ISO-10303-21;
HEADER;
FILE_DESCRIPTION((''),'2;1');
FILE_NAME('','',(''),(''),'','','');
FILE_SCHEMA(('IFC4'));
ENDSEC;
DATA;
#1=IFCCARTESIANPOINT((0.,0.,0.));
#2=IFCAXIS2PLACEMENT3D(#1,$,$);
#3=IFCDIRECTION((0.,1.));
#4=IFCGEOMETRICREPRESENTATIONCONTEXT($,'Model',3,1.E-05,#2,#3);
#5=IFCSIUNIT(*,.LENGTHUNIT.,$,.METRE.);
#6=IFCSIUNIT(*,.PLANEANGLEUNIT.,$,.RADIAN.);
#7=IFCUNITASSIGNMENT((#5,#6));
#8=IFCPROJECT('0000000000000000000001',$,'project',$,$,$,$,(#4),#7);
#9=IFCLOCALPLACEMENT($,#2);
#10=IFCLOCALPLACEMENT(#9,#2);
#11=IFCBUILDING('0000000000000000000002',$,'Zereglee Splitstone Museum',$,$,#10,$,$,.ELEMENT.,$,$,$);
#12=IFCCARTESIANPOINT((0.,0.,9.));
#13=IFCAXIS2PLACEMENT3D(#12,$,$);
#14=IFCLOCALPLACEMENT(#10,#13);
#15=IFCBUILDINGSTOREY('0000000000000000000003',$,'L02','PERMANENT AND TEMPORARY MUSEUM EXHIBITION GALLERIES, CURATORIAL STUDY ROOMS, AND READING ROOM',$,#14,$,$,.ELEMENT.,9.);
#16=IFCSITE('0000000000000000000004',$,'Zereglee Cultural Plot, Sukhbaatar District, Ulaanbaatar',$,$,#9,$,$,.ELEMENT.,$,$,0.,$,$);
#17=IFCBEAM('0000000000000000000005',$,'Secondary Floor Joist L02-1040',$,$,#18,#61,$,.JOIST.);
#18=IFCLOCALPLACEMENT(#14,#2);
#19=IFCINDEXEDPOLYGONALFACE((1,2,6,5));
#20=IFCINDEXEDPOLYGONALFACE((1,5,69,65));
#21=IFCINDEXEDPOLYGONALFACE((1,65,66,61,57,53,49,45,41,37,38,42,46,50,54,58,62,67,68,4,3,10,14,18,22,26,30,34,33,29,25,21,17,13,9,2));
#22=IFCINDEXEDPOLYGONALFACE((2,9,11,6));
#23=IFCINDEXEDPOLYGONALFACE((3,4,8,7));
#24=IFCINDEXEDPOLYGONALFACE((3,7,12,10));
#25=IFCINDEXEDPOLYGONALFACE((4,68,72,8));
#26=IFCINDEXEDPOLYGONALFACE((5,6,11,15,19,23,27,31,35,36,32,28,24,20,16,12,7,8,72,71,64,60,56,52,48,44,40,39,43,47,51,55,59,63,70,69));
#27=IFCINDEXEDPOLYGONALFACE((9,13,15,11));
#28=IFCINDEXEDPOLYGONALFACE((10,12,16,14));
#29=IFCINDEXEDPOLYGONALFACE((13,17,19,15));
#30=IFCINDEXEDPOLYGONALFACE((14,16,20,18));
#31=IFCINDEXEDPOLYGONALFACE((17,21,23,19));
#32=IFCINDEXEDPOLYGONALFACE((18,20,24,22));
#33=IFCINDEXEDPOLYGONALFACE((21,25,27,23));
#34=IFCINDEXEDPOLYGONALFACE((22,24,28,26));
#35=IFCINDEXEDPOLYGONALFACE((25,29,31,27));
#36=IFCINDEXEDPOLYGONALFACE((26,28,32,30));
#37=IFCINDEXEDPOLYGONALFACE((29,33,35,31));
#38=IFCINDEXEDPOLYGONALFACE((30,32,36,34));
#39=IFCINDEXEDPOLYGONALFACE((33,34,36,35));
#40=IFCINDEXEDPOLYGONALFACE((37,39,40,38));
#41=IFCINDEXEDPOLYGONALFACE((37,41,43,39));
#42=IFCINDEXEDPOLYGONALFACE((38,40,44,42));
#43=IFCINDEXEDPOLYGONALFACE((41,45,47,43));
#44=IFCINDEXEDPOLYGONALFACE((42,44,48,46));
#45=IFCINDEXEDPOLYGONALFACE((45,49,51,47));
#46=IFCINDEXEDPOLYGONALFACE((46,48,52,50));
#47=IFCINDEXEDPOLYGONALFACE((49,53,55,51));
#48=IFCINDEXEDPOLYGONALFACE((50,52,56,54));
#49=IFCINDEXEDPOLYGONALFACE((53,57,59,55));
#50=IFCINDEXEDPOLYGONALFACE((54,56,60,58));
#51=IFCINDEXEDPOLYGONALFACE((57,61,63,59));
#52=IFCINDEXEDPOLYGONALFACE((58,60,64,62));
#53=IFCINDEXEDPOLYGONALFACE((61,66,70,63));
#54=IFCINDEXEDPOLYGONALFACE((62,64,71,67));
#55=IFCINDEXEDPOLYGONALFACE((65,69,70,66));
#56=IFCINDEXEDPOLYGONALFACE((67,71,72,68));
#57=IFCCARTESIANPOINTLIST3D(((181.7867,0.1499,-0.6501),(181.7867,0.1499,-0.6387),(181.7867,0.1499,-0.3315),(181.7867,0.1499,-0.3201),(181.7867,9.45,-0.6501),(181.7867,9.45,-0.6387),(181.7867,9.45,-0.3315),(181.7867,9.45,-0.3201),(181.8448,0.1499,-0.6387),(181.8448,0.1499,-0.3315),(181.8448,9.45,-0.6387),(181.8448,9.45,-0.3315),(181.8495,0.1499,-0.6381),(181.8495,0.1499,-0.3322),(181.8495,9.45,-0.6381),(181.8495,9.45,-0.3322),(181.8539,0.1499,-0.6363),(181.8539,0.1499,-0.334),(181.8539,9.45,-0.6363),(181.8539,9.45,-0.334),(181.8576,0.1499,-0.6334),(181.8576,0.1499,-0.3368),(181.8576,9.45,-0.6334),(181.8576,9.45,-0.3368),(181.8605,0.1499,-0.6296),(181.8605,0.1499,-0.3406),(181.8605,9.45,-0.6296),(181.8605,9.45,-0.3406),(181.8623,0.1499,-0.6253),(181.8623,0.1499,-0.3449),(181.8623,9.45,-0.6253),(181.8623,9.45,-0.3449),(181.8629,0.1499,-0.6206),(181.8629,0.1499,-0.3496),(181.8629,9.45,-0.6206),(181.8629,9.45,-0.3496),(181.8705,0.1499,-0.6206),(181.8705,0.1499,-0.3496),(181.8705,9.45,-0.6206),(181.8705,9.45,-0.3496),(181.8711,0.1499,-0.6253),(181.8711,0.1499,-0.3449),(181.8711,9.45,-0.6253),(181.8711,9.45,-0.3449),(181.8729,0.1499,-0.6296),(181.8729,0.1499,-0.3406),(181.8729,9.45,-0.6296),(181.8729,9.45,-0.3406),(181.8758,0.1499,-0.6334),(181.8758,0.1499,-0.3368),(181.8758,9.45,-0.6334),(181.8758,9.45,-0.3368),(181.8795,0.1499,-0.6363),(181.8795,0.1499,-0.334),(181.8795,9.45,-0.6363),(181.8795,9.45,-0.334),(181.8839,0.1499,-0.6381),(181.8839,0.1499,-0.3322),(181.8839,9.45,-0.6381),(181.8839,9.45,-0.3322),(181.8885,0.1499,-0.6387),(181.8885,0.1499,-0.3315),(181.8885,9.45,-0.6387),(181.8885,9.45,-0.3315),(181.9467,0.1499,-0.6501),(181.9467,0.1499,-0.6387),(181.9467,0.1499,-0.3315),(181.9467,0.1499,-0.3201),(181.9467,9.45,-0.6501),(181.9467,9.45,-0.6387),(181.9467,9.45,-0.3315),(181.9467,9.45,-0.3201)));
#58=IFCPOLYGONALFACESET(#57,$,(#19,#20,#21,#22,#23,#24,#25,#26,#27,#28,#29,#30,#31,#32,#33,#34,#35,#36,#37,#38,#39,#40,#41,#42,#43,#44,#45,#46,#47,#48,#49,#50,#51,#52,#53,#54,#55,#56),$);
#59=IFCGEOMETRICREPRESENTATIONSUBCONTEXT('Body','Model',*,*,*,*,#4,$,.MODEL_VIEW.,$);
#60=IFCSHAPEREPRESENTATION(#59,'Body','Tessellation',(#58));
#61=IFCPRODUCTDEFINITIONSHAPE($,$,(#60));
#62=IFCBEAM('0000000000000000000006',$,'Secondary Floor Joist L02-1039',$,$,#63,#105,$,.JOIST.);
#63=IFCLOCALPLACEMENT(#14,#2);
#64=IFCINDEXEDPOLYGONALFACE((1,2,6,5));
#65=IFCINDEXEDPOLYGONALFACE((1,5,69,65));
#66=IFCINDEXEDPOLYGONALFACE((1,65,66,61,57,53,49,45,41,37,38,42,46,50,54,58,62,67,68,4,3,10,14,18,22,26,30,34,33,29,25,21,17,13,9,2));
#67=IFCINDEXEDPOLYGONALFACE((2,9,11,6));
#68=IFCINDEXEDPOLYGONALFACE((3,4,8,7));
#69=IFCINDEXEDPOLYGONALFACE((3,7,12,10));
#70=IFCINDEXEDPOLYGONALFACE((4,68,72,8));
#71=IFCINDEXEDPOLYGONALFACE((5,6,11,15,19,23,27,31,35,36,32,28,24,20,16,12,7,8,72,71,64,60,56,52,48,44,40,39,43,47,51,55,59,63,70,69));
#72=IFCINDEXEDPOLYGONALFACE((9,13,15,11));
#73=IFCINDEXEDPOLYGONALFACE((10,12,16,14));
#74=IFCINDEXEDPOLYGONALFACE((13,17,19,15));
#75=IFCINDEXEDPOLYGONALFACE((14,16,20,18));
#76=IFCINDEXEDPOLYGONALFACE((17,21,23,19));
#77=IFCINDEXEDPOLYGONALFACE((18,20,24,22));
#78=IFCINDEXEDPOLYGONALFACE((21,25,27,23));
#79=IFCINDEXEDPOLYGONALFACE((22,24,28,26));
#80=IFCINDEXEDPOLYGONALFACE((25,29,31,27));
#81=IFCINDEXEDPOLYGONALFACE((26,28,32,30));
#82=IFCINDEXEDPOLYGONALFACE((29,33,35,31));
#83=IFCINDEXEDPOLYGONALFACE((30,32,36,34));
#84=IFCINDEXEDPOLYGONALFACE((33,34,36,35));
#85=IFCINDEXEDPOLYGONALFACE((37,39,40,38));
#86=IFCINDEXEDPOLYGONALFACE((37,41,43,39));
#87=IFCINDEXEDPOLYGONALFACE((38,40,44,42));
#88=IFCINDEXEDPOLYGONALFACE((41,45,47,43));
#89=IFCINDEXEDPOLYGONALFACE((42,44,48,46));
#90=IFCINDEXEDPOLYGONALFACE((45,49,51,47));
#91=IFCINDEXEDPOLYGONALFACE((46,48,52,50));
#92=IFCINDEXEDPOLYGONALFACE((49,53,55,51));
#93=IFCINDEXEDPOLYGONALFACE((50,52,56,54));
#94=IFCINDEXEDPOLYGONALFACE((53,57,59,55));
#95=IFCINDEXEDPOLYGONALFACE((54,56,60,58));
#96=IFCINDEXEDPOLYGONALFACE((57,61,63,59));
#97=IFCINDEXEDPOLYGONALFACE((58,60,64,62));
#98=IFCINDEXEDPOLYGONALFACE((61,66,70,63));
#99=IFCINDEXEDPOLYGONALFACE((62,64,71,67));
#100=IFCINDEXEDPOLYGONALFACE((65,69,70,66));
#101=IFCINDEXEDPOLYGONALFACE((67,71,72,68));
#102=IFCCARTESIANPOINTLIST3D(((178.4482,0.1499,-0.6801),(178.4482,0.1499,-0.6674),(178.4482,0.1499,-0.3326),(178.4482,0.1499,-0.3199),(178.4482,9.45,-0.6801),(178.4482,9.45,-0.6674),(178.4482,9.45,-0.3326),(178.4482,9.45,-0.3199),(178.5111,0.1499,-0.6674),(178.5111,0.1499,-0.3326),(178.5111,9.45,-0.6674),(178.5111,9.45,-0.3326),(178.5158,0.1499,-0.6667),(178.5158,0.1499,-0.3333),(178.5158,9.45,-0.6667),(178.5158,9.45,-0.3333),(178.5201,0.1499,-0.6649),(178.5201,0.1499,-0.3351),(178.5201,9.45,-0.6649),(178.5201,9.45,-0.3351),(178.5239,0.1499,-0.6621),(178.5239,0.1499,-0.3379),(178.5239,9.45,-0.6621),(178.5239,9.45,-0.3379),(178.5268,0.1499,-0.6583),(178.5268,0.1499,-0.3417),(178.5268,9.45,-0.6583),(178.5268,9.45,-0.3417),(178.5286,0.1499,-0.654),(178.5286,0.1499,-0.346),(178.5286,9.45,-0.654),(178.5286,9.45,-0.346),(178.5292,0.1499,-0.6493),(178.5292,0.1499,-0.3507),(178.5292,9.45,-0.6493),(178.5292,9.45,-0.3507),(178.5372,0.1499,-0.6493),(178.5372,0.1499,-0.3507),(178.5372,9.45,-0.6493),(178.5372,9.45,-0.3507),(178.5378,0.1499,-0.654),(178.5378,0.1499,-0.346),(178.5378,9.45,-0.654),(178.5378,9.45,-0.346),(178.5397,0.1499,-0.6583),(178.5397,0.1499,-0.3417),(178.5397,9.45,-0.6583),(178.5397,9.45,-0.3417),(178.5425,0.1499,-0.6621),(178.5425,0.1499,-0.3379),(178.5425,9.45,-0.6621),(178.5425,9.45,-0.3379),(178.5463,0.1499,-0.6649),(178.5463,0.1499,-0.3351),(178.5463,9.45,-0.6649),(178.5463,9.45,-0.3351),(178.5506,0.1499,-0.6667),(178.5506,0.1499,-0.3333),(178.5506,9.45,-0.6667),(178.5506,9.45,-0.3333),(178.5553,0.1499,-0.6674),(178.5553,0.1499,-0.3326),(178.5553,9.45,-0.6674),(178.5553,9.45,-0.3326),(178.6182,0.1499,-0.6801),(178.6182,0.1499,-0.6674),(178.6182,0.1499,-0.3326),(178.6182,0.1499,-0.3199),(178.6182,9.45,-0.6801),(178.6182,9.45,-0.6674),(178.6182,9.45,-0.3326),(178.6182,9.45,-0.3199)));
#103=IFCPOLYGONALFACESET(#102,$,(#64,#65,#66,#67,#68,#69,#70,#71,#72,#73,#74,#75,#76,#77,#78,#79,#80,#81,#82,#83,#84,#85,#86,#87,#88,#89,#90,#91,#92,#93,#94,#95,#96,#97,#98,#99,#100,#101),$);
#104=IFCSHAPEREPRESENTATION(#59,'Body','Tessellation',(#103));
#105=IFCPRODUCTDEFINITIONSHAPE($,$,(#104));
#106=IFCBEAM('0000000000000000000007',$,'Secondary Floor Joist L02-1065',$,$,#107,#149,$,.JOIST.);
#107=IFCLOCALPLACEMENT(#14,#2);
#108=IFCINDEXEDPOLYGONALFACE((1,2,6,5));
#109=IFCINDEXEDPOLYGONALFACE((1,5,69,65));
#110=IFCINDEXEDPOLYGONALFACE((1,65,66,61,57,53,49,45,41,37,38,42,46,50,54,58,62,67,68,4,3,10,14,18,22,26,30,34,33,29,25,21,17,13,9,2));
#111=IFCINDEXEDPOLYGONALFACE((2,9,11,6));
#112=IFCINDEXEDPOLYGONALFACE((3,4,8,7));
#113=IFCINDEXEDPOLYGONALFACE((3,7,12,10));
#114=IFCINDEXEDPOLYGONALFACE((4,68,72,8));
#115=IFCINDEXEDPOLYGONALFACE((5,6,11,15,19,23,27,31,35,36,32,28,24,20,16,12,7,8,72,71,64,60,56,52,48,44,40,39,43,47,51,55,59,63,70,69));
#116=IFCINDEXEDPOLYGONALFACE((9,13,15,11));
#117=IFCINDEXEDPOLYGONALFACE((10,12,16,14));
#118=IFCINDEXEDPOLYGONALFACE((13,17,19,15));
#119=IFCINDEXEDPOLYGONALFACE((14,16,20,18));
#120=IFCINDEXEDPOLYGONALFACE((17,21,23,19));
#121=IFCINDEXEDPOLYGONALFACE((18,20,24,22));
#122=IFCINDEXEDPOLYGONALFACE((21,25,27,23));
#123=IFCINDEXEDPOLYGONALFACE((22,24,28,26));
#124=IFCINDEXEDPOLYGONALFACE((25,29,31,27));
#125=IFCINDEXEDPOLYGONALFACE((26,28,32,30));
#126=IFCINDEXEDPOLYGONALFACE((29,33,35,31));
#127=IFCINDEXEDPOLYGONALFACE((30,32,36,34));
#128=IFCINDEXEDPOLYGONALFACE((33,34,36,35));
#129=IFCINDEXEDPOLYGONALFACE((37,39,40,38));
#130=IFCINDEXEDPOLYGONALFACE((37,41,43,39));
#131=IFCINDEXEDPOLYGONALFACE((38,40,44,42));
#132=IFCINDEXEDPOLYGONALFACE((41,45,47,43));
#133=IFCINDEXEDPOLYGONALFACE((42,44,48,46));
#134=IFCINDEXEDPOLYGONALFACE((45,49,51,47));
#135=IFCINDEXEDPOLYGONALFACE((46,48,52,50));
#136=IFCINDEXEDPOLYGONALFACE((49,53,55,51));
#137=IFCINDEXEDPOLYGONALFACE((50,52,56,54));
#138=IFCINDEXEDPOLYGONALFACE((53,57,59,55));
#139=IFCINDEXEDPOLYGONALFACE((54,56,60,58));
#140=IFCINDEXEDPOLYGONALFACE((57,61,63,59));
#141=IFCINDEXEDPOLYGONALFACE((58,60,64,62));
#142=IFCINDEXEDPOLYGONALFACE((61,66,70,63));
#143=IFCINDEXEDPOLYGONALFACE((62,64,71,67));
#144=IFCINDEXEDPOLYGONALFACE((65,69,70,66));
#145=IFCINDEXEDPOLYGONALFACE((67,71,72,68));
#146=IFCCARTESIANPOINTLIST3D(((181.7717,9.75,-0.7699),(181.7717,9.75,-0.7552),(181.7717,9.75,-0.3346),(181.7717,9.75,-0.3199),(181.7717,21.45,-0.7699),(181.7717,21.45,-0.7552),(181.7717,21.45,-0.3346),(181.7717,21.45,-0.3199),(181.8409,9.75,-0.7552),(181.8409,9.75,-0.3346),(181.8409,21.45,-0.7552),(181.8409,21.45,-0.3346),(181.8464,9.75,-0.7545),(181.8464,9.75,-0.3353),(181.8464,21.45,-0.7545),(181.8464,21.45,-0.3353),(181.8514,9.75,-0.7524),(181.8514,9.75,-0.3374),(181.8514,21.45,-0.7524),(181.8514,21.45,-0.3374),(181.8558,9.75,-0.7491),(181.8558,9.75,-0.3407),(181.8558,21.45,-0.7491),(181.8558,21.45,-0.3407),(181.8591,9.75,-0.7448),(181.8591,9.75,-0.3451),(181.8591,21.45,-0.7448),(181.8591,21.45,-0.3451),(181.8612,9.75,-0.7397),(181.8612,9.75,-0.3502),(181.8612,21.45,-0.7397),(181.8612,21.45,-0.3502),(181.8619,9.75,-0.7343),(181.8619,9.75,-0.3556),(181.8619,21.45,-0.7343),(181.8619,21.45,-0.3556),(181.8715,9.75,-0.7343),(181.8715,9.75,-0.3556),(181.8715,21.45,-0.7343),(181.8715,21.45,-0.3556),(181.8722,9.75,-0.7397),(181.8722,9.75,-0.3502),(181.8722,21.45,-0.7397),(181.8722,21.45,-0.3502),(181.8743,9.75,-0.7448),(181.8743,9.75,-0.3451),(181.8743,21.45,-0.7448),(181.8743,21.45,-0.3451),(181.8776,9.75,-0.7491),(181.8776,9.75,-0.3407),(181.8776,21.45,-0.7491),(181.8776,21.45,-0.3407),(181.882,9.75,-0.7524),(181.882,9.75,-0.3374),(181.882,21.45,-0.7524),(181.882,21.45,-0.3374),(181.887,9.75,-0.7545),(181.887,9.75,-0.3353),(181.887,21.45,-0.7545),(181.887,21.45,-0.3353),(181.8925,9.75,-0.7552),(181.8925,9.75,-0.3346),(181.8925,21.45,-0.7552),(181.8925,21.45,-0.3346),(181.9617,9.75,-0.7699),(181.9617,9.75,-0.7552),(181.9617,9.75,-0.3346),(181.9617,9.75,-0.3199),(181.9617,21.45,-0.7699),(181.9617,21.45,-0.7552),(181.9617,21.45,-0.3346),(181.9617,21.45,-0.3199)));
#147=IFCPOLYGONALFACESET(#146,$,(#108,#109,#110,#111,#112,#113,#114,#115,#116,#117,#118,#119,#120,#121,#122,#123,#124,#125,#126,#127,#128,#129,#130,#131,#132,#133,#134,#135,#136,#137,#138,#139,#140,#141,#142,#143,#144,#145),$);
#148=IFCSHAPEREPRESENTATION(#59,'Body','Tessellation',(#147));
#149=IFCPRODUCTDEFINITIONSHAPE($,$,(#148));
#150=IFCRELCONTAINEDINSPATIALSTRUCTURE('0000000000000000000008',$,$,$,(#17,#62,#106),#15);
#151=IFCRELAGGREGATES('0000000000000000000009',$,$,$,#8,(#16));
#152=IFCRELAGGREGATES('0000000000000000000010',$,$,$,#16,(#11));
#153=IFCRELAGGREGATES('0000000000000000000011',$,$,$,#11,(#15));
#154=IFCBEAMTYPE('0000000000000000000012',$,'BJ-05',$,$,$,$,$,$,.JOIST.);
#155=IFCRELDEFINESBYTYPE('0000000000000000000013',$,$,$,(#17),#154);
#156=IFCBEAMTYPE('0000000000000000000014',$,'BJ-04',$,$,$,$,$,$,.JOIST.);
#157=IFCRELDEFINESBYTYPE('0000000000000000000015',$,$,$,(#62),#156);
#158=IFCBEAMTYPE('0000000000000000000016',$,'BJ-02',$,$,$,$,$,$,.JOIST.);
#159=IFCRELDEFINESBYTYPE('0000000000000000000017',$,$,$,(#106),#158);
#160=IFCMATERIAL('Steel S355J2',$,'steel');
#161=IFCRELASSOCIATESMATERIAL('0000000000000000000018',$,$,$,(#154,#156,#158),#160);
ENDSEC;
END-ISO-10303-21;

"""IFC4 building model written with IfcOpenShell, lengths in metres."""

from ifc_helpers import new_model, si_unit, direction, frame, origin, origin_2d, place, context, subcontext, project, spatial, i_section, extrude, material, material_profile, profile_set, type_object, element, save


model = new_model("IFC4")

# Units and contexts
model_context = context("Model", 3, precision=1e-05, world=origin(), true_north=direction((0.0, 1.0)))
body_context = subcontext(model_context, "Body", "Model", "MODEL_VIEW")
ifc_project = project(units=[si_unit("LENGTHUNIT", "METRE"), si_unit("PLANEANGLEUNIT", "RADIAN")], contexts=[model_context])

# Site, building, storey
site_placement = place(None, origin())
site = spatial("IfcSite", under=ifc_project, at=site_placement, Name="Zereglee Cultural Plot, Sukhbaatar District, Ulaanbaatar", CompositionType="ELEMENT", RefElevation=0.0)
building_placement = place(site_placement, origin())
building = spatial("IfcBuilding", under=site, at=building_placement, Name="Zereglee Splitstone Museum", CompositionType="ELEMENT")
storey_placement = place(building_placement, frame((0.0, 0.0, 9.0)))
storey = spatial("IfcBuildingStorey", under=building, at=storey_placement, Name="L02", Description="PERMANENT AND TEMPORARY MUSEUM EXHIBITION GALLERIES, CURATORIAL STUDY ROOMS, AND READING ROOM", CompositionType="ELEMENT", Elevation=9.0)

# Shared definitions
ifc_material_1 = material(Name="Steel S355J2", Category="steel")

# Beams
ifc_material_profile_1 = material_profile(ifc_material_1, i_section(OverallWidth=0.1599, OverallDepth=0.3301, WebThickness=0.0076, FlangeThickness=0.0115, FilletRadius=0.0181, at=origin_2d()), Name="IPE 330")
ifc_profile_set_1 = profile_set([ifc_material_profile_1], Name="Steel S355J2")
beam_type_1 = type_object("IfcBeamType", Name="BJ-05", PredefinedType="JOIST", material=ifc_profile_set_1)
beam_1_placement = place(storey_placement, frame((181.8667, 0.1499, -0.4851), z_axis=(0.0, 1.0, 0.0), x_axis=(-1.0, 0.0, 0.0)))
element("IfcBeam", 1, at=beam_1_placement, inside=storey, type_object=beam_type_1, Name="Secondary Floor Joist L02-1040", PredefinedType="JOIST", context=body_context, shape_type="SweptSolid", body=[
    extrude(i_section(OverallWidth=0.1599, OverallDepth=0.3301, WebThickness=0.0076, FlangeThickness=0.0115, FilletRadius=0.0181, at=origin_2d()), origin(), (0.0, 0.0, 1.0), 9.3),
])
ifc_material_profile_2 = material_profile(ifc_material_1, i_section(OverallWidth=0.1699, OverallDepth=0.3601, WebThickness=0.0081, FlangeThickness=0.0127, FilletRadius=0.0181, at=origin_2d()), Name="IPE 360")
ifc_profile_set_2 = profile_set([ifc_material_profile_2], Name="Steel S355J2")
beam_type_2 = type_object("IfcBeamType", Name="BJ-04", PredefinedType="JOIST", material=ifc_profile_set_2)
beam_2_placement = place(storey_placement, frame((178.5332, 0.1499, -0.5), z_axis=(0.0, 1.0, 0.0), x_axis=(-1.0, 0.0, 0.0)))
element("IfcBeam", 2, at=beam_2_placement, inside=storey, type_object=beam_type_2, Name="Secondary Floor Joist L02-1039", PredefinedType="JOIST", context=body_context, shape_type="SweptSolid", body=[
    extrude(i_section(OverallWidth=0.1699, OverallDepth=0.3601, WebThickness=0.0081, FlangeThickness=0.0127, FilletRadius=0.0181, at=origin_2d()), origin(), (0.0, 0.0, 1.0), 9.3),
])
ifc_material_profile_3 = material_profile(ifc_material_1, i_section(OverallWidth=0.1899, OverallDepth=0.45, WebThickness=0.0095, FlangeThickness=0.0146, FilletRadius=0.021, at=origin_2d()), Name="IPE 450")
ifc_profile_set_3 = profile_set([ifc_material_profile_3], Name="Steel S355J2")
beam_type_3 = type_object("IfcBeamType", Name="BJ-02", PredefinedType="JOIST", material=ifc_profile_set_3)
beam_3_placement = place(storey_placement, frame((181.8667, 9.75, -0.5449), z_axis=(0.0, 1.0, 0.0), x_axis=(-1.0, 0.0, 0.0)))
element("IfcBeam", 3, at=beam_3_placement, inside=storey, type_object=beam_type_3, Name="Secondary Floor Joist L02-1065", PredefinedType="JOIST", context=body_context, shape_type="SweptSolid", body=[
    extrude(i_section(OverallWidth=0.1899, OverallDepth=0.45, WebThickness=0.0095, FlangeThickness=0.0146, FilletRadius=0.021, at=origin_2d()), origin(), (0.0, 0.0, 1.0), 11.7),
])

save(model, "model.ifc")
